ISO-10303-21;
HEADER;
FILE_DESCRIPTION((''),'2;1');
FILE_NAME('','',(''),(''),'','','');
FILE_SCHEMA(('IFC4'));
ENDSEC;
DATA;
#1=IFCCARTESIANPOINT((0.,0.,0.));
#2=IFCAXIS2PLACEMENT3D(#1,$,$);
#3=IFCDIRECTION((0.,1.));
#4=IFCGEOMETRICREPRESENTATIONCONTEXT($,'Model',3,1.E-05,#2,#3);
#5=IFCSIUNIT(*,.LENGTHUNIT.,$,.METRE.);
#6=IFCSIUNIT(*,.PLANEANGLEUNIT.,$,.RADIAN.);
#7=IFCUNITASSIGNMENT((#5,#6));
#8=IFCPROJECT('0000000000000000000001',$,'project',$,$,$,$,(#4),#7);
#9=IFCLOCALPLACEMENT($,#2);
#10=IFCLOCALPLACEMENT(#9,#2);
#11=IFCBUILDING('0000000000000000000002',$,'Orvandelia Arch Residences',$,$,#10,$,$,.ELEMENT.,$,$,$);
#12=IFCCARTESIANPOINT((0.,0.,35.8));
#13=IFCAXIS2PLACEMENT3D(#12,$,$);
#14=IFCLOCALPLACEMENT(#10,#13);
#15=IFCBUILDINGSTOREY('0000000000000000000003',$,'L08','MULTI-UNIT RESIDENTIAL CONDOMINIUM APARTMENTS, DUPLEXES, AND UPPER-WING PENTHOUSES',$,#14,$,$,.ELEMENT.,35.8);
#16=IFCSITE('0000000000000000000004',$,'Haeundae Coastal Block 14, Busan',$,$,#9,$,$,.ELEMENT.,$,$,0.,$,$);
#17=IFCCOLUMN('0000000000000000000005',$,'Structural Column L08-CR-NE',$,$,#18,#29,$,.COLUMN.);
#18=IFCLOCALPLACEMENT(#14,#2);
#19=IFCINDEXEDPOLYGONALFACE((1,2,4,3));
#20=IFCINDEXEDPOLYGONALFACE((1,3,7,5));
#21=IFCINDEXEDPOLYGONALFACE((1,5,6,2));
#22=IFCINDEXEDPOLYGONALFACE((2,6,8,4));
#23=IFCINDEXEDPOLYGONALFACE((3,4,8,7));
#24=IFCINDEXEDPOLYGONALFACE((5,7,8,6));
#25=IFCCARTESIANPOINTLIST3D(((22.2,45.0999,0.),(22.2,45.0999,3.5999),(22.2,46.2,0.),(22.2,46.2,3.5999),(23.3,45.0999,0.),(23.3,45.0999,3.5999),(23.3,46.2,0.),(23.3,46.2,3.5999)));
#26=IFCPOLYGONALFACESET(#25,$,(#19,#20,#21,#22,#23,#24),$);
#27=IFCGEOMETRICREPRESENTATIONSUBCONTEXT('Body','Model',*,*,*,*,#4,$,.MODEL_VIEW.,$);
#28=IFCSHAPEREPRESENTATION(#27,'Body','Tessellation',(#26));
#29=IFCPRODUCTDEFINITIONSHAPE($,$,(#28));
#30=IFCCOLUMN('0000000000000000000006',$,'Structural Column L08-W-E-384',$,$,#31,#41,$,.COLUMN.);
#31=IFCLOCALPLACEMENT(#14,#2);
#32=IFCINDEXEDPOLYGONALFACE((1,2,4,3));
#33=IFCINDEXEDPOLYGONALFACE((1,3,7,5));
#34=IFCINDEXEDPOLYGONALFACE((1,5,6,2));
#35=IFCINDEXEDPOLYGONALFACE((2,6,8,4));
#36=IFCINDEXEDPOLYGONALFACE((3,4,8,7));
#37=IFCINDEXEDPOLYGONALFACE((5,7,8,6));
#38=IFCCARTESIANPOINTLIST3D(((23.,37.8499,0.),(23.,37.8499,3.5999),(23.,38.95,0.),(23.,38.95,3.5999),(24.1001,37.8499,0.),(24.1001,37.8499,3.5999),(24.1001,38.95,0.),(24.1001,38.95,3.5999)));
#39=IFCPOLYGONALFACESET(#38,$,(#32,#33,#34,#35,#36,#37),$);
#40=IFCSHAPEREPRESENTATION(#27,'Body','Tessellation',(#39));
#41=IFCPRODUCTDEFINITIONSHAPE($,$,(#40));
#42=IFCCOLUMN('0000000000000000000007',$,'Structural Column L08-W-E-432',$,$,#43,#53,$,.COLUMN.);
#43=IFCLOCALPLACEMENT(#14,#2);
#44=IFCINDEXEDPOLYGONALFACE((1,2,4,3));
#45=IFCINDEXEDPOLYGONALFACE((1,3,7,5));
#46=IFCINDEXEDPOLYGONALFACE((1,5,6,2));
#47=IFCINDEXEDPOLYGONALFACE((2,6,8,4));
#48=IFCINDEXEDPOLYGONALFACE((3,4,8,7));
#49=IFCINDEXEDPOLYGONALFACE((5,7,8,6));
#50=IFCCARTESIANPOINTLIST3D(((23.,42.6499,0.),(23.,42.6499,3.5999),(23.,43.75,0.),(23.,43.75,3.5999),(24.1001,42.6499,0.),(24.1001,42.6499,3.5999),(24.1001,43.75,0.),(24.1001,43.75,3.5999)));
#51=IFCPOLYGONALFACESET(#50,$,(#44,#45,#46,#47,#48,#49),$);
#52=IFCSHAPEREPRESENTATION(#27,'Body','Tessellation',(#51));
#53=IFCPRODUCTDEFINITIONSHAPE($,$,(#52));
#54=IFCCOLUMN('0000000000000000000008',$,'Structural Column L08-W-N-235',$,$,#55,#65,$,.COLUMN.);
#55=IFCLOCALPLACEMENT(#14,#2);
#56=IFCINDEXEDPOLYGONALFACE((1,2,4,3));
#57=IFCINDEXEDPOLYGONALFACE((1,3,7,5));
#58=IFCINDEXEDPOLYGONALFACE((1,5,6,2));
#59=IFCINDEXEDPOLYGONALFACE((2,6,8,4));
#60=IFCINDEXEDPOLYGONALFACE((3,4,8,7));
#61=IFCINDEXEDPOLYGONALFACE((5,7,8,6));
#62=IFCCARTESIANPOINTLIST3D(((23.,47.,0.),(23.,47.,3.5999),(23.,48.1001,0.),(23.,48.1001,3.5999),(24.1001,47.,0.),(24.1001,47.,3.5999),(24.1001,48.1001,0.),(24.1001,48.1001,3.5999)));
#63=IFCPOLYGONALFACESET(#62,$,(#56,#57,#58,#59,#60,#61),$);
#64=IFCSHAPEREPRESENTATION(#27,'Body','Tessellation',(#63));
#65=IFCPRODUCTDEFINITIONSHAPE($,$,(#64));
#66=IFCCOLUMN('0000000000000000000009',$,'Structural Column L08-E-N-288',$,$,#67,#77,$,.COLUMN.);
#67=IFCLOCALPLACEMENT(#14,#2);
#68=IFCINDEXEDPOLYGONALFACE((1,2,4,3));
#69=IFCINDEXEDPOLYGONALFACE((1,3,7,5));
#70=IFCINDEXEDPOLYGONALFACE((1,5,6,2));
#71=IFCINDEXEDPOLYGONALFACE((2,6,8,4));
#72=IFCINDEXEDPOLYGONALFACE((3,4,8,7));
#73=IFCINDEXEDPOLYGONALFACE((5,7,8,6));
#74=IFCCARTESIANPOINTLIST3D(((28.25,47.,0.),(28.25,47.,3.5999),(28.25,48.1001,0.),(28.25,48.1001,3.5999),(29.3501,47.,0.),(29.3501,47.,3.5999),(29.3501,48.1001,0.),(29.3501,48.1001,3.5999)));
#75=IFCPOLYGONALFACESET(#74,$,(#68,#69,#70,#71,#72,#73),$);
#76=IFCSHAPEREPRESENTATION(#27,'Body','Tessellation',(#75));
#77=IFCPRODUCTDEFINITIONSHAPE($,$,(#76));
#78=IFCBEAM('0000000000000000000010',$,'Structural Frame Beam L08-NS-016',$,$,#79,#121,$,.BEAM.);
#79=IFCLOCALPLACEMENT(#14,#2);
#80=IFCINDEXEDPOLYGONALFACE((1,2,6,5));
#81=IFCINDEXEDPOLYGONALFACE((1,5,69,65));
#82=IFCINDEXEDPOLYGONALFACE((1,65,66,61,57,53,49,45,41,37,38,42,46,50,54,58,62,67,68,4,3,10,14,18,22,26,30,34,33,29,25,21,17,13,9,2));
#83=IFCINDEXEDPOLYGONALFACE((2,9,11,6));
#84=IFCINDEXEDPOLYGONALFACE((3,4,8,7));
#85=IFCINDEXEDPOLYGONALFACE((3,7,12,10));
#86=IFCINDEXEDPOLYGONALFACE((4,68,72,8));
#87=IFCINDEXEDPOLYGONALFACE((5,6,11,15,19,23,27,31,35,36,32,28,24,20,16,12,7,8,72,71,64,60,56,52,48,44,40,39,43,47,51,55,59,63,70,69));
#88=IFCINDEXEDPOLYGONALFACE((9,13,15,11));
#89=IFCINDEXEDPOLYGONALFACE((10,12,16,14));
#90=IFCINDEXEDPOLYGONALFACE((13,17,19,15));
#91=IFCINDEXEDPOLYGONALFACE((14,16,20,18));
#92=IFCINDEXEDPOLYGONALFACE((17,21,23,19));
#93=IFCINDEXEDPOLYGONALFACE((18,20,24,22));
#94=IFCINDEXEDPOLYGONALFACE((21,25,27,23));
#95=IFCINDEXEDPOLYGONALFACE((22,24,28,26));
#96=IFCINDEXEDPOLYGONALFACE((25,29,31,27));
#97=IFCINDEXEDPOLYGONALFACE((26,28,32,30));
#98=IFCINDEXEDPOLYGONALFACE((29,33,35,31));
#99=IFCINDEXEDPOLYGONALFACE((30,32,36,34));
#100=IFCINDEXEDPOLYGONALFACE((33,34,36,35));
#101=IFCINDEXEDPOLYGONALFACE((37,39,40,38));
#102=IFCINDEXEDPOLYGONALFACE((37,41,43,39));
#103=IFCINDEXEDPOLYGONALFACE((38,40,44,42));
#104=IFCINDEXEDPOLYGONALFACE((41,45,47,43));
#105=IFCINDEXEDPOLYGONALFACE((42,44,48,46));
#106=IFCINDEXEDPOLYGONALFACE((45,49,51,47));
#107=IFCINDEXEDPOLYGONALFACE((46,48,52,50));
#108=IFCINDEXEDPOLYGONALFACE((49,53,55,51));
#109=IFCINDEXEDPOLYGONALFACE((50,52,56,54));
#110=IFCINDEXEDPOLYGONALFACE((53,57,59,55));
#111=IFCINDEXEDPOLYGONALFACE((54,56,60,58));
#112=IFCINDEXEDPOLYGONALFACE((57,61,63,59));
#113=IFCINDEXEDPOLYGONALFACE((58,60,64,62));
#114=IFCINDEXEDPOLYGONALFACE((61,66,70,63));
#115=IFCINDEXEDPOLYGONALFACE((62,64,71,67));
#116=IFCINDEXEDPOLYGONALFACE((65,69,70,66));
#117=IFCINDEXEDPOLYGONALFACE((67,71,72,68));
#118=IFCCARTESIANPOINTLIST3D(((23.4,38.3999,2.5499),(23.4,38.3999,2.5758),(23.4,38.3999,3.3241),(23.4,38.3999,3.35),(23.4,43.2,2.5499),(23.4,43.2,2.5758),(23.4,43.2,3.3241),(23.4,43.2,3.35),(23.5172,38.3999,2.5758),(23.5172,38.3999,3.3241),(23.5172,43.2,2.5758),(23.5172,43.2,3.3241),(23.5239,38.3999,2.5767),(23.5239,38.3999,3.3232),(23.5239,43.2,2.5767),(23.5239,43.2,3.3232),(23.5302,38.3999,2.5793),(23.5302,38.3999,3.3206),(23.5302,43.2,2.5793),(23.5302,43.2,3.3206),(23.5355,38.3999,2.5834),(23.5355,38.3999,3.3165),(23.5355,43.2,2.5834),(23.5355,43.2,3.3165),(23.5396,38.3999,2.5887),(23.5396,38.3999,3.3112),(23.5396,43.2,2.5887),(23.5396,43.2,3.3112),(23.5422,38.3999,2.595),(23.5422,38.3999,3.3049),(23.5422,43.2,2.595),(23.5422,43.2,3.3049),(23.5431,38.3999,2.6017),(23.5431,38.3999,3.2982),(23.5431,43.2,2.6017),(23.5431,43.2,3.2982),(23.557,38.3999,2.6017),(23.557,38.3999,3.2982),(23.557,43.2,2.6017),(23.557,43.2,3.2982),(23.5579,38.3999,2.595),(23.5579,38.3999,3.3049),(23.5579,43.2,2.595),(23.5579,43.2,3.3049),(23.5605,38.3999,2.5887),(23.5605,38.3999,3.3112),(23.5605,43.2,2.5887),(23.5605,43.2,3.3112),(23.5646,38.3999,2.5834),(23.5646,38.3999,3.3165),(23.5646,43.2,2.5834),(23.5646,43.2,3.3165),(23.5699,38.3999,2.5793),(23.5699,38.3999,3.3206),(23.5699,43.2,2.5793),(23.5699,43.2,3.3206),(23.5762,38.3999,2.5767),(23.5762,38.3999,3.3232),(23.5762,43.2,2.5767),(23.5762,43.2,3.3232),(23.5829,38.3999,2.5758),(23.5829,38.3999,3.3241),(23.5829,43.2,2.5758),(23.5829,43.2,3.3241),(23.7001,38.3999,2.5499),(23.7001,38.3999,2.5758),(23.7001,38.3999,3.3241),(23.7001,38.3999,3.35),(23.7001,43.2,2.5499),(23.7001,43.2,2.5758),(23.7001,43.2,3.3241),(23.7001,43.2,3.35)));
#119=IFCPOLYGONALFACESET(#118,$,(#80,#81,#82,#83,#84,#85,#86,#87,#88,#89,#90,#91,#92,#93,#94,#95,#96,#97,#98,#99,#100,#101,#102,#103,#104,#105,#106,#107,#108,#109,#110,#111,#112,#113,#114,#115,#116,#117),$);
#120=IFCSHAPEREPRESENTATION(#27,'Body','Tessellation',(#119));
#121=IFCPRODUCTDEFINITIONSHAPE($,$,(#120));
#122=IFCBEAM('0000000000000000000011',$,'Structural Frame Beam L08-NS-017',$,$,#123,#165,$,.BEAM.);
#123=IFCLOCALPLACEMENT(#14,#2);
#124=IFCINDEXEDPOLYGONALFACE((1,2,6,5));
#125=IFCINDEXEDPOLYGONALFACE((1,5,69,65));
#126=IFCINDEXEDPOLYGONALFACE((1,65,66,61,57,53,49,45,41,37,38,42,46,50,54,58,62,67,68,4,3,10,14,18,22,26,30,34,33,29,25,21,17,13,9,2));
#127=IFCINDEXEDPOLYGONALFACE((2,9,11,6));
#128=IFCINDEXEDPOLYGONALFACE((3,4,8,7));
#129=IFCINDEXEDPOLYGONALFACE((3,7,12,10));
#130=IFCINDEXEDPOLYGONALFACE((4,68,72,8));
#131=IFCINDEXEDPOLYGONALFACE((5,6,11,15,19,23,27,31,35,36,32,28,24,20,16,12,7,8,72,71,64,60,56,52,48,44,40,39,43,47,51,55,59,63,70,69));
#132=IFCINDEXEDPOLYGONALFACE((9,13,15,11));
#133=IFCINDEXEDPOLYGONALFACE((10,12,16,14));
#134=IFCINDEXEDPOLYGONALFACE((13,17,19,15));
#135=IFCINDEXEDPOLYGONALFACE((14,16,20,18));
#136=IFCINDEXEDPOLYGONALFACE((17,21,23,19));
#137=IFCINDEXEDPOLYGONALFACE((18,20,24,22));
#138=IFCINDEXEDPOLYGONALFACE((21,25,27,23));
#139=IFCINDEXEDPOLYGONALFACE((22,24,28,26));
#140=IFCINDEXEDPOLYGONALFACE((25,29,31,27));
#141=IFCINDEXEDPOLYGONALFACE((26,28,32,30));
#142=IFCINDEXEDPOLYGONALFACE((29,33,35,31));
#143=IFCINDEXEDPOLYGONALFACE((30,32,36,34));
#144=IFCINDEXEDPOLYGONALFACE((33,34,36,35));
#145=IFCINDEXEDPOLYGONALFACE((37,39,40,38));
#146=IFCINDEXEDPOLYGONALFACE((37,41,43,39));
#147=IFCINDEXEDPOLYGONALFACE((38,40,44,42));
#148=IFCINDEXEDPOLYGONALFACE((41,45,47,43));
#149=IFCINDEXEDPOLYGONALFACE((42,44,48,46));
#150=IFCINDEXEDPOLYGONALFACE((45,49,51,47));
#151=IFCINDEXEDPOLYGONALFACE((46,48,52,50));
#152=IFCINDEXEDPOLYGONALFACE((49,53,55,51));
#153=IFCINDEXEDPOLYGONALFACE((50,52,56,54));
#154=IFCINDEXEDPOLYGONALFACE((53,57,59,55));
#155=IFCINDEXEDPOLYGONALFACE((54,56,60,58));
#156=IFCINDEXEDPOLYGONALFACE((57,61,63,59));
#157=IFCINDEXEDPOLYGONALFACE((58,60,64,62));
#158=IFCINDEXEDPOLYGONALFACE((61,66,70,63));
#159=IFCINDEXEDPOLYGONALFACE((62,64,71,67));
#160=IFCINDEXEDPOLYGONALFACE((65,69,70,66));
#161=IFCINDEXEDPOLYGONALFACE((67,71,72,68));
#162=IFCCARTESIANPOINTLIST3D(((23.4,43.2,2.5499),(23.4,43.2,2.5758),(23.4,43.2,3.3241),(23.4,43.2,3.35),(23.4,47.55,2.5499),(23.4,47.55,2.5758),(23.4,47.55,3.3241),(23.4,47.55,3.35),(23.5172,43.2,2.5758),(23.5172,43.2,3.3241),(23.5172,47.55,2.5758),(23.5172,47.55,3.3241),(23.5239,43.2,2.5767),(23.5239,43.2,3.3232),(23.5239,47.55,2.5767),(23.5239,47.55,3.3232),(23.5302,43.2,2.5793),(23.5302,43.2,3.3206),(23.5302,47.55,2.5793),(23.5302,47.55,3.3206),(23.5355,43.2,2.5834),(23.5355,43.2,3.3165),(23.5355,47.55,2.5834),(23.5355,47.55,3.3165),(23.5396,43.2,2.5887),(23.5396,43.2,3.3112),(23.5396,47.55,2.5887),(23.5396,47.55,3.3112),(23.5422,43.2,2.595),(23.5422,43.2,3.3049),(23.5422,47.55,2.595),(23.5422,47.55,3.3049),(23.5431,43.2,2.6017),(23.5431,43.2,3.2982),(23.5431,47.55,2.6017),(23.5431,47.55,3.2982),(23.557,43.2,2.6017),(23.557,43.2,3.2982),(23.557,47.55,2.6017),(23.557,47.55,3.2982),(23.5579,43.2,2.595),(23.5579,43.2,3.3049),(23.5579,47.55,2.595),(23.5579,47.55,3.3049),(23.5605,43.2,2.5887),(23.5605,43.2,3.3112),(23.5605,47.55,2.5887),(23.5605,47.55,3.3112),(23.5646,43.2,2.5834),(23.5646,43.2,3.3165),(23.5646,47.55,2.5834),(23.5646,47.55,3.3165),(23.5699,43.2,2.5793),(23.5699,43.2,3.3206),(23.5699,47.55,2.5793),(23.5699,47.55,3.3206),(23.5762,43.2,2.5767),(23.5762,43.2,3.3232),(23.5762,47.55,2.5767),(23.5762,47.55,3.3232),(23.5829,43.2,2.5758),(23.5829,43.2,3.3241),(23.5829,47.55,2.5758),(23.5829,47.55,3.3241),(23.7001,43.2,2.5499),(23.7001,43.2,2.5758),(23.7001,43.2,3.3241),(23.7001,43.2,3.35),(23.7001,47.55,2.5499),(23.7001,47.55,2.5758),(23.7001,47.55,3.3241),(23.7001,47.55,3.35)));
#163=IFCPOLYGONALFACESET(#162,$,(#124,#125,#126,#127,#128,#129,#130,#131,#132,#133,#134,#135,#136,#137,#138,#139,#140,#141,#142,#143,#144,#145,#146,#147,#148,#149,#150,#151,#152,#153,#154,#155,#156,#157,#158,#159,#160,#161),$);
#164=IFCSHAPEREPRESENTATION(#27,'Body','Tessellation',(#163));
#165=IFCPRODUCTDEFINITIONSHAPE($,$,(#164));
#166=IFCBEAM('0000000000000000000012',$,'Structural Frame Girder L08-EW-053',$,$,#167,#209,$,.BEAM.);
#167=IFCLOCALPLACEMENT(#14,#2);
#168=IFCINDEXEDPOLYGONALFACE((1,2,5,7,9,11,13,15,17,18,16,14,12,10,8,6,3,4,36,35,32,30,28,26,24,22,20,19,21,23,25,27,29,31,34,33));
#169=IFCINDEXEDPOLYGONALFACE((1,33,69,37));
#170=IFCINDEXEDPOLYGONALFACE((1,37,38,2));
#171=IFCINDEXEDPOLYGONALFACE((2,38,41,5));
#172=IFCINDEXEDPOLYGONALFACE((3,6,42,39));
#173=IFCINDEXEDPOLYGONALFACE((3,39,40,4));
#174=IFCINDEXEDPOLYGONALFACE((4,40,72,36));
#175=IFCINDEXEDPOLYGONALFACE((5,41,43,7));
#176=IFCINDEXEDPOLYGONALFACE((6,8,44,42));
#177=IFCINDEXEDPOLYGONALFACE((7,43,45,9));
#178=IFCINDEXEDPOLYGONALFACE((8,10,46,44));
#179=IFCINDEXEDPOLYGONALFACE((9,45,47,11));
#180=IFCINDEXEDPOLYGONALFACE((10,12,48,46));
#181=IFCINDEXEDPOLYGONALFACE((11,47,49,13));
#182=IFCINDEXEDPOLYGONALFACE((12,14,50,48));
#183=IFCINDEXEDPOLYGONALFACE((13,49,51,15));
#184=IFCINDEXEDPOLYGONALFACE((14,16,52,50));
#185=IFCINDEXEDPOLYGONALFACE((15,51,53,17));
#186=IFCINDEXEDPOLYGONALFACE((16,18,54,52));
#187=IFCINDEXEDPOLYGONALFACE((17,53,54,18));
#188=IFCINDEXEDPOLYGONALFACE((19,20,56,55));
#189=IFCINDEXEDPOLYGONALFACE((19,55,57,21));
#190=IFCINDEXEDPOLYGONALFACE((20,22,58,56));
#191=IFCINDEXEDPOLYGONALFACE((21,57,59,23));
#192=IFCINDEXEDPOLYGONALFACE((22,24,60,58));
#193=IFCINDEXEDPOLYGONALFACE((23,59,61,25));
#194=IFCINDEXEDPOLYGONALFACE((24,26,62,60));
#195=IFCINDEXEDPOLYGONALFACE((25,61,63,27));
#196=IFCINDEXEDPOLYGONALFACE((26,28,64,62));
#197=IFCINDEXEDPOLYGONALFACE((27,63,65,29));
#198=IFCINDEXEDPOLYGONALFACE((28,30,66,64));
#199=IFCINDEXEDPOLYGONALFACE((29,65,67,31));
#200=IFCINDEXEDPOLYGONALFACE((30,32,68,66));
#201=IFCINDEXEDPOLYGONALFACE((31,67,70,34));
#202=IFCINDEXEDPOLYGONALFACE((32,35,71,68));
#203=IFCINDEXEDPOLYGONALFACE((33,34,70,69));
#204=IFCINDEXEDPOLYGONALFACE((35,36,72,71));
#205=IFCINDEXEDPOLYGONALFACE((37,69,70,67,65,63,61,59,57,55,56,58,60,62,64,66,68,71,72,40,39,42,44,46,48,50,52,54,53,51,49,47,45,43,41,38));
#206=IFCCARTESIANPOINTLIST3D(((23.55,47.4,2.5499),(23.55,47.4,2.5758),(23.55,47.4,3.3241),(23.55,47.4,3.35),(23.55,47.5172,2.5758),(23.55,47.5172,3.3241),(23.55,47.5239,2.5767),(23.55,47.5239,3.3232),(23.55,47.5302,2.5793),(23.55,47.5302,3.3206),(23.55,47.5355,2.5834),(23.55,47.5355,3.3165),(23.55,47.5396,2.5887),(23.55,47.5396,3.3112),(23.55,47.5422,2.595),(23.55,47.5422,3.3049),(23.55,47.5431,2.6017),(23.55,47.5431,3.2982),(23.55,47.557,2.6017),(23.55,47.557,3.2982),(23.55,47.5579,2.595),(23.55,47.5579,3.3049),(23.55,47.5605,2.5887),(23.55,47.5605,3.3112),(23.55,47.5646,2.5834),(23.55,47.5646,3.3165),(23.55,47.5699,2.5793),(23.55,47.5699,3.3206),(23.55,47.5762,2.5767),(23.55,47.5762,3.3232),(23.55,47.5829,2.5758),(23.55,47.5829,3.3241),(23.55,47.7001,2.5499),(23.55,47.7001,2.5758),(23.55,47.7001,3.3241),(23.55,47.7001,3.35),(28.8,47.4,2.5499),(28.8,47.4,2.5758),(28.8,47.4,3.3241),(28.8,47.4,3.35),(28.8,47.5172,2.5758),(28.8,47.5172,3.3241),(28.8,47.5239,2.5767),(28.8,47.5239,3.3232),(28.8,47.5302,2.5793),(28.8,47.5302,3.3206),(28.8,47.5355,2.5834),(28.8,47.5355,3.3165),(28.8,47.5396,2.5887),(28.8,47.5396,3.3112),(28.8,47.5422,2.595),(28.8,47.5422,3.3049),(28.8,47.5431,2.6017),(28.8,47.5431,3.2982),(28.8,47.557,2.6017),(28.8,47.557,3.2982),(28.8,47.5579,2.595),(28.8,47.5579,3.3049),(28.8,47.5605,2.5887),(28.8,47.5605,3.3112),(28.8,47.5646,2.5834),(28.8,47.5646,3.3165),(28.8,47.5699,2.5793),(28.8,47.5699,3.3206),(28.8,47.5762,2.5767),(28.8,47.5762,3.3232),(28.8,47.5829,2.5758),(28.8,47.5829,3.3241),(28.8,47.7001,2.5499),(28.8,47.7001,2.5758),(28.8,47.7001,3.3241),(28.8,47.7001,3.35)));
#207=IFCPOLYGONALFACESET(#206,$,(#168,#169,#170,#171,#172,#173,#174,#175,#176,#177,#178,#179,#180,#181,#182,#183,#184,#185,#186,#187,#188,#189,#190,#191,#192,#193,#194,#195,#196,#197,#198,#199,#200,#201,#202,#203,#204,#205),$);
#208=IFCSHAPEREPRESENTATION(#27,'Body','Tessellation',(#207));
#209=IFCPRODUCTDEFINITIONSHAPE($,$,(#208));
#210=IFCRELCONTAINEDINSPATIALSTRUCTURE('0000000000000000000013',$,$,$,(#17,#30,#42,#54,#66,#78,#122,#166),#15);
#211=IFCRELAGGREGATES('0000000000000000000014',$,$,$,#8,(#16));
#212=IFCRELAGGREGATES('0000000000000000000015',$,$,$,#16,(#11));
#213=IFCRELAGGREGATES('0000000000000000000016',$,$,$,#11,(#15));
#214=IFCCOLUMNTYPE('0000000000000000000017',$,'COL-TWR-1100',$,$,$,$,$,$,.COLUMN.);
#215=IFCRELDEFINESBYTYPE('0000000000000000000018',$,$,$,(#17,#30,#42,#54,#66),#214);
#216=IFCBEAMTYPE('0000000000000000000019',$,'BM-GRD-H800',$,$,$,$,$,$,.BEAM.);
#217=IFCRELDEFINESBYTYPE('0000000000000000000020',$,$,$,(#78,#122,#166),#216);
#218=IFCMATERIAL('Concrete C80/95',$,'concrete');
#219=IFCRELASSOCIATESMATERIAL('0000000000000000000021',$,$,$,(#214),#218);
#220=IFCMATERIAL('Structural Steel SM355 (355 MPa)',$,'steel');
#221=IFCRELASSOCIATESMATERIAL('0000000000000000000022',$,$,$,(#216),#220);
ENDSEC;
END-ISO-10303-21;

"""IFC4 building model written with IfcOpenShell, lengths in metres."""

from ifc_helpers import new_model, si_unit, direction, frame, origin, origin_2d, place, context, subcontext, project, spatial, rectangle, i_section, extrude, material, material_profile, profile_set, type_object, element, save


model = new_model("IFC4")

# Units and contexts
model_context = context("Model", 3, precision=1e-05, world=origin(), true_north=direction((0.0, 1.0)))
body_context = subcontext(model_context, "Body", "Model", "MODEL_VIEW")
ifc_project = project(units=[si_unit("LENGTHUNIT", "METRE"), si_unit("PLANEANGLEUNIT", "RADIAN")], contexts=[model_context])

# Site, building, storey
site_placement = place(None, origin())
site = spatial("IfcSite", under=ifc_project, at=site_placement, Name="Haeundae Coastal Block 14, Busan", CompositionType="ELEMENT", RefElevation=0.0)
building_placement = place(site_placement, origin())
building = spatial("IfcBuilding", under=site, at=building_placement, Name="Orvandelia Arch Residences", CompositionType="ELEMENT")
storey_placement = place(building_placement, frame((0.0, 0.0, 35.8)))
storey = spatial("IfcBuildingStorey", under=building, at=storey_placement, Name="L08", Description="MULTI-UNIT RESIDENTIAL CONDOMINIUM APARTMENTS, DUPLEXES, AND UPPER-WING PENTHOUSES", CompositionType="ELEMENT", Elevation=35.8)

# Columns
ifc_material_1 = material(Name="Concrete C80/95", Category="concrete")
ifc_material_profile_1 = material_profile(ifc_material_1, rectangle(XDim=1.1001, YDim=1.1001, at=origin_2d()), Name="Concrete C80/95", Category="concrete")
ifc_profile_set_1 = profile_set([ifc_material_profile_1], Name="Concrete C80/95")
column_type = type_object("IfcColumnType", Name="COL-TWR-1100", PredefinedType="COLUMN", material=ifc_profile_set_1)
for number, where, z_axis, x_axis, name in (
    (1, (22.75, 45.6499, 0.0), (0.0, 0.0, 1.0), (1.0, 0.0, 0.0), "Structural Column L08-CR-NE"),
    (2, (23.55, 38.3999, 0.0), (0.0, 0.0, 1.0), (1.0, 0.0, 0.0), "Structural Column L08-W-E-384"),
    (3, (23.55, 43.2, 0.0), (0.0, 0.0, 1.0), (1.0, 0.0, 0.0), "Structural Column L08-W-E-432"),
    (4, (23.55, 47.55, 0.0), (0.0, 0.0, 1.0), (1.0, 0.0, 0.0), "Structural Column L08-W-N-235"),
    (5, (28.8, 47.55, 0.0), (0.0, 0.0, 1.0), (1.0, 0.0, 0.0), "Structural Column L08-E-N-288"),
):
    element("IfcColumn", number, at=place(storey_placement, frame(where, z_axis=z_axis, x_axis=x_axis)), inside=storey, type_object=column_type, Name=name, PredefinedType="COLUMN", context=body_context, shape_type="SweptSolid", body=[
        extrude(rectangle(XDim=1.1001, YDim=1.1001, at=origin_2d()), origin(), (0.0, 0.0, 1.0), 3.5999),
    ])

# Beams
ifc_material_2 = material(Name="Structural Steel SM355 (355 MPa)", Category="steel")
ifc_material_profile_2 = material_profile(ifc_material_2, i_section(OverallWidth=0.3, OverallDepth=0.8, WebThickness=0.0139, FlangeThickness=0.0259, FilletRadius=0.0259, at=origin_2d()), Name="Structural Steel SM355 (355 MPa)", Category="steel")
ifc_profile_set_2 = profile_set([ifc_material_profile_2], Name="Structural Steel SM355 (355 MPa)")
beam_type = type_object("IfcBeamType", Name="BM-GRD-H800", PredefinedType="BEAM", material=ifc_profile_set_2)
beam_1_placement = place(storey_placement, frame((23.55, 38.3999, 2.95), z_axis=(0.0, 1.0, 0.0), x_axis=(-1.0, 0.0, 0.0)))
element("IfcBeam", 6, at=beam_1_placement, inside=storey, type_object=beam_type, Name="Structural Frame Beam L08-NS-016", PredefinedType="BEAM", context=body_context, shape_type="SweptSolid", body=[
    extrude(i_section(OverallWidth=0.3, OverallDepth=0.8, WebThickness=0.0139, FlangeThickness=0.0259, FilletRadius=0.0259, at=origin_2d()), origin(), (0.0, 0.0, 1.0), 4.8),
])
beam_2_placement = place(storey_placement, frame((23.55, 43.2, 2.95), z_axis=(0.0, 1.0, 0.0), x_axis=(-1.0, 0.0, 0.0)))
element("IfcBeam", 7, at=beam_2_placement, inside=storey, type_object=beam_type, Name="Structural Frame Beam L08-NS-017", PredefinedType="BEAM", context=body_context, shape_type="SweptSolid", body=[
    extrude(i_section(OverallWidth=0.3, OverallDepth=0.8, WebThickness=0.0139, FlangeThickness=0.0259, FilletRadius=0.0259, at=origin_2d()), origin(), (0.0, 0.0, 1.0), 4.3501),
])
beam_3_placement = place(storey_placement, frame((23.55, 47.55, 2.95), z_axis=(1.0, 0.0, 0.0), x_axis=(0.0, 1.0, 0.0)))
element("IfcBeam", 8, at=beam_3_placement, inside=storey, type_object=beam_type, Name="Structural Frame Girder L08-EW-053", PredefinedType="BEAM", context=body_context, shape_type="SweptSolid", body=[
    extrude(i_section(OverallWidth=0.3, OverallDepth=0.8, WebThickness=0.0139, FlangeThickness=0.0259, FilletRadius=0.0259, at=origin_2d()), origin(), (0.0, 0.0, 1.0), 5.25),
])

save(model, "model.ifc")
